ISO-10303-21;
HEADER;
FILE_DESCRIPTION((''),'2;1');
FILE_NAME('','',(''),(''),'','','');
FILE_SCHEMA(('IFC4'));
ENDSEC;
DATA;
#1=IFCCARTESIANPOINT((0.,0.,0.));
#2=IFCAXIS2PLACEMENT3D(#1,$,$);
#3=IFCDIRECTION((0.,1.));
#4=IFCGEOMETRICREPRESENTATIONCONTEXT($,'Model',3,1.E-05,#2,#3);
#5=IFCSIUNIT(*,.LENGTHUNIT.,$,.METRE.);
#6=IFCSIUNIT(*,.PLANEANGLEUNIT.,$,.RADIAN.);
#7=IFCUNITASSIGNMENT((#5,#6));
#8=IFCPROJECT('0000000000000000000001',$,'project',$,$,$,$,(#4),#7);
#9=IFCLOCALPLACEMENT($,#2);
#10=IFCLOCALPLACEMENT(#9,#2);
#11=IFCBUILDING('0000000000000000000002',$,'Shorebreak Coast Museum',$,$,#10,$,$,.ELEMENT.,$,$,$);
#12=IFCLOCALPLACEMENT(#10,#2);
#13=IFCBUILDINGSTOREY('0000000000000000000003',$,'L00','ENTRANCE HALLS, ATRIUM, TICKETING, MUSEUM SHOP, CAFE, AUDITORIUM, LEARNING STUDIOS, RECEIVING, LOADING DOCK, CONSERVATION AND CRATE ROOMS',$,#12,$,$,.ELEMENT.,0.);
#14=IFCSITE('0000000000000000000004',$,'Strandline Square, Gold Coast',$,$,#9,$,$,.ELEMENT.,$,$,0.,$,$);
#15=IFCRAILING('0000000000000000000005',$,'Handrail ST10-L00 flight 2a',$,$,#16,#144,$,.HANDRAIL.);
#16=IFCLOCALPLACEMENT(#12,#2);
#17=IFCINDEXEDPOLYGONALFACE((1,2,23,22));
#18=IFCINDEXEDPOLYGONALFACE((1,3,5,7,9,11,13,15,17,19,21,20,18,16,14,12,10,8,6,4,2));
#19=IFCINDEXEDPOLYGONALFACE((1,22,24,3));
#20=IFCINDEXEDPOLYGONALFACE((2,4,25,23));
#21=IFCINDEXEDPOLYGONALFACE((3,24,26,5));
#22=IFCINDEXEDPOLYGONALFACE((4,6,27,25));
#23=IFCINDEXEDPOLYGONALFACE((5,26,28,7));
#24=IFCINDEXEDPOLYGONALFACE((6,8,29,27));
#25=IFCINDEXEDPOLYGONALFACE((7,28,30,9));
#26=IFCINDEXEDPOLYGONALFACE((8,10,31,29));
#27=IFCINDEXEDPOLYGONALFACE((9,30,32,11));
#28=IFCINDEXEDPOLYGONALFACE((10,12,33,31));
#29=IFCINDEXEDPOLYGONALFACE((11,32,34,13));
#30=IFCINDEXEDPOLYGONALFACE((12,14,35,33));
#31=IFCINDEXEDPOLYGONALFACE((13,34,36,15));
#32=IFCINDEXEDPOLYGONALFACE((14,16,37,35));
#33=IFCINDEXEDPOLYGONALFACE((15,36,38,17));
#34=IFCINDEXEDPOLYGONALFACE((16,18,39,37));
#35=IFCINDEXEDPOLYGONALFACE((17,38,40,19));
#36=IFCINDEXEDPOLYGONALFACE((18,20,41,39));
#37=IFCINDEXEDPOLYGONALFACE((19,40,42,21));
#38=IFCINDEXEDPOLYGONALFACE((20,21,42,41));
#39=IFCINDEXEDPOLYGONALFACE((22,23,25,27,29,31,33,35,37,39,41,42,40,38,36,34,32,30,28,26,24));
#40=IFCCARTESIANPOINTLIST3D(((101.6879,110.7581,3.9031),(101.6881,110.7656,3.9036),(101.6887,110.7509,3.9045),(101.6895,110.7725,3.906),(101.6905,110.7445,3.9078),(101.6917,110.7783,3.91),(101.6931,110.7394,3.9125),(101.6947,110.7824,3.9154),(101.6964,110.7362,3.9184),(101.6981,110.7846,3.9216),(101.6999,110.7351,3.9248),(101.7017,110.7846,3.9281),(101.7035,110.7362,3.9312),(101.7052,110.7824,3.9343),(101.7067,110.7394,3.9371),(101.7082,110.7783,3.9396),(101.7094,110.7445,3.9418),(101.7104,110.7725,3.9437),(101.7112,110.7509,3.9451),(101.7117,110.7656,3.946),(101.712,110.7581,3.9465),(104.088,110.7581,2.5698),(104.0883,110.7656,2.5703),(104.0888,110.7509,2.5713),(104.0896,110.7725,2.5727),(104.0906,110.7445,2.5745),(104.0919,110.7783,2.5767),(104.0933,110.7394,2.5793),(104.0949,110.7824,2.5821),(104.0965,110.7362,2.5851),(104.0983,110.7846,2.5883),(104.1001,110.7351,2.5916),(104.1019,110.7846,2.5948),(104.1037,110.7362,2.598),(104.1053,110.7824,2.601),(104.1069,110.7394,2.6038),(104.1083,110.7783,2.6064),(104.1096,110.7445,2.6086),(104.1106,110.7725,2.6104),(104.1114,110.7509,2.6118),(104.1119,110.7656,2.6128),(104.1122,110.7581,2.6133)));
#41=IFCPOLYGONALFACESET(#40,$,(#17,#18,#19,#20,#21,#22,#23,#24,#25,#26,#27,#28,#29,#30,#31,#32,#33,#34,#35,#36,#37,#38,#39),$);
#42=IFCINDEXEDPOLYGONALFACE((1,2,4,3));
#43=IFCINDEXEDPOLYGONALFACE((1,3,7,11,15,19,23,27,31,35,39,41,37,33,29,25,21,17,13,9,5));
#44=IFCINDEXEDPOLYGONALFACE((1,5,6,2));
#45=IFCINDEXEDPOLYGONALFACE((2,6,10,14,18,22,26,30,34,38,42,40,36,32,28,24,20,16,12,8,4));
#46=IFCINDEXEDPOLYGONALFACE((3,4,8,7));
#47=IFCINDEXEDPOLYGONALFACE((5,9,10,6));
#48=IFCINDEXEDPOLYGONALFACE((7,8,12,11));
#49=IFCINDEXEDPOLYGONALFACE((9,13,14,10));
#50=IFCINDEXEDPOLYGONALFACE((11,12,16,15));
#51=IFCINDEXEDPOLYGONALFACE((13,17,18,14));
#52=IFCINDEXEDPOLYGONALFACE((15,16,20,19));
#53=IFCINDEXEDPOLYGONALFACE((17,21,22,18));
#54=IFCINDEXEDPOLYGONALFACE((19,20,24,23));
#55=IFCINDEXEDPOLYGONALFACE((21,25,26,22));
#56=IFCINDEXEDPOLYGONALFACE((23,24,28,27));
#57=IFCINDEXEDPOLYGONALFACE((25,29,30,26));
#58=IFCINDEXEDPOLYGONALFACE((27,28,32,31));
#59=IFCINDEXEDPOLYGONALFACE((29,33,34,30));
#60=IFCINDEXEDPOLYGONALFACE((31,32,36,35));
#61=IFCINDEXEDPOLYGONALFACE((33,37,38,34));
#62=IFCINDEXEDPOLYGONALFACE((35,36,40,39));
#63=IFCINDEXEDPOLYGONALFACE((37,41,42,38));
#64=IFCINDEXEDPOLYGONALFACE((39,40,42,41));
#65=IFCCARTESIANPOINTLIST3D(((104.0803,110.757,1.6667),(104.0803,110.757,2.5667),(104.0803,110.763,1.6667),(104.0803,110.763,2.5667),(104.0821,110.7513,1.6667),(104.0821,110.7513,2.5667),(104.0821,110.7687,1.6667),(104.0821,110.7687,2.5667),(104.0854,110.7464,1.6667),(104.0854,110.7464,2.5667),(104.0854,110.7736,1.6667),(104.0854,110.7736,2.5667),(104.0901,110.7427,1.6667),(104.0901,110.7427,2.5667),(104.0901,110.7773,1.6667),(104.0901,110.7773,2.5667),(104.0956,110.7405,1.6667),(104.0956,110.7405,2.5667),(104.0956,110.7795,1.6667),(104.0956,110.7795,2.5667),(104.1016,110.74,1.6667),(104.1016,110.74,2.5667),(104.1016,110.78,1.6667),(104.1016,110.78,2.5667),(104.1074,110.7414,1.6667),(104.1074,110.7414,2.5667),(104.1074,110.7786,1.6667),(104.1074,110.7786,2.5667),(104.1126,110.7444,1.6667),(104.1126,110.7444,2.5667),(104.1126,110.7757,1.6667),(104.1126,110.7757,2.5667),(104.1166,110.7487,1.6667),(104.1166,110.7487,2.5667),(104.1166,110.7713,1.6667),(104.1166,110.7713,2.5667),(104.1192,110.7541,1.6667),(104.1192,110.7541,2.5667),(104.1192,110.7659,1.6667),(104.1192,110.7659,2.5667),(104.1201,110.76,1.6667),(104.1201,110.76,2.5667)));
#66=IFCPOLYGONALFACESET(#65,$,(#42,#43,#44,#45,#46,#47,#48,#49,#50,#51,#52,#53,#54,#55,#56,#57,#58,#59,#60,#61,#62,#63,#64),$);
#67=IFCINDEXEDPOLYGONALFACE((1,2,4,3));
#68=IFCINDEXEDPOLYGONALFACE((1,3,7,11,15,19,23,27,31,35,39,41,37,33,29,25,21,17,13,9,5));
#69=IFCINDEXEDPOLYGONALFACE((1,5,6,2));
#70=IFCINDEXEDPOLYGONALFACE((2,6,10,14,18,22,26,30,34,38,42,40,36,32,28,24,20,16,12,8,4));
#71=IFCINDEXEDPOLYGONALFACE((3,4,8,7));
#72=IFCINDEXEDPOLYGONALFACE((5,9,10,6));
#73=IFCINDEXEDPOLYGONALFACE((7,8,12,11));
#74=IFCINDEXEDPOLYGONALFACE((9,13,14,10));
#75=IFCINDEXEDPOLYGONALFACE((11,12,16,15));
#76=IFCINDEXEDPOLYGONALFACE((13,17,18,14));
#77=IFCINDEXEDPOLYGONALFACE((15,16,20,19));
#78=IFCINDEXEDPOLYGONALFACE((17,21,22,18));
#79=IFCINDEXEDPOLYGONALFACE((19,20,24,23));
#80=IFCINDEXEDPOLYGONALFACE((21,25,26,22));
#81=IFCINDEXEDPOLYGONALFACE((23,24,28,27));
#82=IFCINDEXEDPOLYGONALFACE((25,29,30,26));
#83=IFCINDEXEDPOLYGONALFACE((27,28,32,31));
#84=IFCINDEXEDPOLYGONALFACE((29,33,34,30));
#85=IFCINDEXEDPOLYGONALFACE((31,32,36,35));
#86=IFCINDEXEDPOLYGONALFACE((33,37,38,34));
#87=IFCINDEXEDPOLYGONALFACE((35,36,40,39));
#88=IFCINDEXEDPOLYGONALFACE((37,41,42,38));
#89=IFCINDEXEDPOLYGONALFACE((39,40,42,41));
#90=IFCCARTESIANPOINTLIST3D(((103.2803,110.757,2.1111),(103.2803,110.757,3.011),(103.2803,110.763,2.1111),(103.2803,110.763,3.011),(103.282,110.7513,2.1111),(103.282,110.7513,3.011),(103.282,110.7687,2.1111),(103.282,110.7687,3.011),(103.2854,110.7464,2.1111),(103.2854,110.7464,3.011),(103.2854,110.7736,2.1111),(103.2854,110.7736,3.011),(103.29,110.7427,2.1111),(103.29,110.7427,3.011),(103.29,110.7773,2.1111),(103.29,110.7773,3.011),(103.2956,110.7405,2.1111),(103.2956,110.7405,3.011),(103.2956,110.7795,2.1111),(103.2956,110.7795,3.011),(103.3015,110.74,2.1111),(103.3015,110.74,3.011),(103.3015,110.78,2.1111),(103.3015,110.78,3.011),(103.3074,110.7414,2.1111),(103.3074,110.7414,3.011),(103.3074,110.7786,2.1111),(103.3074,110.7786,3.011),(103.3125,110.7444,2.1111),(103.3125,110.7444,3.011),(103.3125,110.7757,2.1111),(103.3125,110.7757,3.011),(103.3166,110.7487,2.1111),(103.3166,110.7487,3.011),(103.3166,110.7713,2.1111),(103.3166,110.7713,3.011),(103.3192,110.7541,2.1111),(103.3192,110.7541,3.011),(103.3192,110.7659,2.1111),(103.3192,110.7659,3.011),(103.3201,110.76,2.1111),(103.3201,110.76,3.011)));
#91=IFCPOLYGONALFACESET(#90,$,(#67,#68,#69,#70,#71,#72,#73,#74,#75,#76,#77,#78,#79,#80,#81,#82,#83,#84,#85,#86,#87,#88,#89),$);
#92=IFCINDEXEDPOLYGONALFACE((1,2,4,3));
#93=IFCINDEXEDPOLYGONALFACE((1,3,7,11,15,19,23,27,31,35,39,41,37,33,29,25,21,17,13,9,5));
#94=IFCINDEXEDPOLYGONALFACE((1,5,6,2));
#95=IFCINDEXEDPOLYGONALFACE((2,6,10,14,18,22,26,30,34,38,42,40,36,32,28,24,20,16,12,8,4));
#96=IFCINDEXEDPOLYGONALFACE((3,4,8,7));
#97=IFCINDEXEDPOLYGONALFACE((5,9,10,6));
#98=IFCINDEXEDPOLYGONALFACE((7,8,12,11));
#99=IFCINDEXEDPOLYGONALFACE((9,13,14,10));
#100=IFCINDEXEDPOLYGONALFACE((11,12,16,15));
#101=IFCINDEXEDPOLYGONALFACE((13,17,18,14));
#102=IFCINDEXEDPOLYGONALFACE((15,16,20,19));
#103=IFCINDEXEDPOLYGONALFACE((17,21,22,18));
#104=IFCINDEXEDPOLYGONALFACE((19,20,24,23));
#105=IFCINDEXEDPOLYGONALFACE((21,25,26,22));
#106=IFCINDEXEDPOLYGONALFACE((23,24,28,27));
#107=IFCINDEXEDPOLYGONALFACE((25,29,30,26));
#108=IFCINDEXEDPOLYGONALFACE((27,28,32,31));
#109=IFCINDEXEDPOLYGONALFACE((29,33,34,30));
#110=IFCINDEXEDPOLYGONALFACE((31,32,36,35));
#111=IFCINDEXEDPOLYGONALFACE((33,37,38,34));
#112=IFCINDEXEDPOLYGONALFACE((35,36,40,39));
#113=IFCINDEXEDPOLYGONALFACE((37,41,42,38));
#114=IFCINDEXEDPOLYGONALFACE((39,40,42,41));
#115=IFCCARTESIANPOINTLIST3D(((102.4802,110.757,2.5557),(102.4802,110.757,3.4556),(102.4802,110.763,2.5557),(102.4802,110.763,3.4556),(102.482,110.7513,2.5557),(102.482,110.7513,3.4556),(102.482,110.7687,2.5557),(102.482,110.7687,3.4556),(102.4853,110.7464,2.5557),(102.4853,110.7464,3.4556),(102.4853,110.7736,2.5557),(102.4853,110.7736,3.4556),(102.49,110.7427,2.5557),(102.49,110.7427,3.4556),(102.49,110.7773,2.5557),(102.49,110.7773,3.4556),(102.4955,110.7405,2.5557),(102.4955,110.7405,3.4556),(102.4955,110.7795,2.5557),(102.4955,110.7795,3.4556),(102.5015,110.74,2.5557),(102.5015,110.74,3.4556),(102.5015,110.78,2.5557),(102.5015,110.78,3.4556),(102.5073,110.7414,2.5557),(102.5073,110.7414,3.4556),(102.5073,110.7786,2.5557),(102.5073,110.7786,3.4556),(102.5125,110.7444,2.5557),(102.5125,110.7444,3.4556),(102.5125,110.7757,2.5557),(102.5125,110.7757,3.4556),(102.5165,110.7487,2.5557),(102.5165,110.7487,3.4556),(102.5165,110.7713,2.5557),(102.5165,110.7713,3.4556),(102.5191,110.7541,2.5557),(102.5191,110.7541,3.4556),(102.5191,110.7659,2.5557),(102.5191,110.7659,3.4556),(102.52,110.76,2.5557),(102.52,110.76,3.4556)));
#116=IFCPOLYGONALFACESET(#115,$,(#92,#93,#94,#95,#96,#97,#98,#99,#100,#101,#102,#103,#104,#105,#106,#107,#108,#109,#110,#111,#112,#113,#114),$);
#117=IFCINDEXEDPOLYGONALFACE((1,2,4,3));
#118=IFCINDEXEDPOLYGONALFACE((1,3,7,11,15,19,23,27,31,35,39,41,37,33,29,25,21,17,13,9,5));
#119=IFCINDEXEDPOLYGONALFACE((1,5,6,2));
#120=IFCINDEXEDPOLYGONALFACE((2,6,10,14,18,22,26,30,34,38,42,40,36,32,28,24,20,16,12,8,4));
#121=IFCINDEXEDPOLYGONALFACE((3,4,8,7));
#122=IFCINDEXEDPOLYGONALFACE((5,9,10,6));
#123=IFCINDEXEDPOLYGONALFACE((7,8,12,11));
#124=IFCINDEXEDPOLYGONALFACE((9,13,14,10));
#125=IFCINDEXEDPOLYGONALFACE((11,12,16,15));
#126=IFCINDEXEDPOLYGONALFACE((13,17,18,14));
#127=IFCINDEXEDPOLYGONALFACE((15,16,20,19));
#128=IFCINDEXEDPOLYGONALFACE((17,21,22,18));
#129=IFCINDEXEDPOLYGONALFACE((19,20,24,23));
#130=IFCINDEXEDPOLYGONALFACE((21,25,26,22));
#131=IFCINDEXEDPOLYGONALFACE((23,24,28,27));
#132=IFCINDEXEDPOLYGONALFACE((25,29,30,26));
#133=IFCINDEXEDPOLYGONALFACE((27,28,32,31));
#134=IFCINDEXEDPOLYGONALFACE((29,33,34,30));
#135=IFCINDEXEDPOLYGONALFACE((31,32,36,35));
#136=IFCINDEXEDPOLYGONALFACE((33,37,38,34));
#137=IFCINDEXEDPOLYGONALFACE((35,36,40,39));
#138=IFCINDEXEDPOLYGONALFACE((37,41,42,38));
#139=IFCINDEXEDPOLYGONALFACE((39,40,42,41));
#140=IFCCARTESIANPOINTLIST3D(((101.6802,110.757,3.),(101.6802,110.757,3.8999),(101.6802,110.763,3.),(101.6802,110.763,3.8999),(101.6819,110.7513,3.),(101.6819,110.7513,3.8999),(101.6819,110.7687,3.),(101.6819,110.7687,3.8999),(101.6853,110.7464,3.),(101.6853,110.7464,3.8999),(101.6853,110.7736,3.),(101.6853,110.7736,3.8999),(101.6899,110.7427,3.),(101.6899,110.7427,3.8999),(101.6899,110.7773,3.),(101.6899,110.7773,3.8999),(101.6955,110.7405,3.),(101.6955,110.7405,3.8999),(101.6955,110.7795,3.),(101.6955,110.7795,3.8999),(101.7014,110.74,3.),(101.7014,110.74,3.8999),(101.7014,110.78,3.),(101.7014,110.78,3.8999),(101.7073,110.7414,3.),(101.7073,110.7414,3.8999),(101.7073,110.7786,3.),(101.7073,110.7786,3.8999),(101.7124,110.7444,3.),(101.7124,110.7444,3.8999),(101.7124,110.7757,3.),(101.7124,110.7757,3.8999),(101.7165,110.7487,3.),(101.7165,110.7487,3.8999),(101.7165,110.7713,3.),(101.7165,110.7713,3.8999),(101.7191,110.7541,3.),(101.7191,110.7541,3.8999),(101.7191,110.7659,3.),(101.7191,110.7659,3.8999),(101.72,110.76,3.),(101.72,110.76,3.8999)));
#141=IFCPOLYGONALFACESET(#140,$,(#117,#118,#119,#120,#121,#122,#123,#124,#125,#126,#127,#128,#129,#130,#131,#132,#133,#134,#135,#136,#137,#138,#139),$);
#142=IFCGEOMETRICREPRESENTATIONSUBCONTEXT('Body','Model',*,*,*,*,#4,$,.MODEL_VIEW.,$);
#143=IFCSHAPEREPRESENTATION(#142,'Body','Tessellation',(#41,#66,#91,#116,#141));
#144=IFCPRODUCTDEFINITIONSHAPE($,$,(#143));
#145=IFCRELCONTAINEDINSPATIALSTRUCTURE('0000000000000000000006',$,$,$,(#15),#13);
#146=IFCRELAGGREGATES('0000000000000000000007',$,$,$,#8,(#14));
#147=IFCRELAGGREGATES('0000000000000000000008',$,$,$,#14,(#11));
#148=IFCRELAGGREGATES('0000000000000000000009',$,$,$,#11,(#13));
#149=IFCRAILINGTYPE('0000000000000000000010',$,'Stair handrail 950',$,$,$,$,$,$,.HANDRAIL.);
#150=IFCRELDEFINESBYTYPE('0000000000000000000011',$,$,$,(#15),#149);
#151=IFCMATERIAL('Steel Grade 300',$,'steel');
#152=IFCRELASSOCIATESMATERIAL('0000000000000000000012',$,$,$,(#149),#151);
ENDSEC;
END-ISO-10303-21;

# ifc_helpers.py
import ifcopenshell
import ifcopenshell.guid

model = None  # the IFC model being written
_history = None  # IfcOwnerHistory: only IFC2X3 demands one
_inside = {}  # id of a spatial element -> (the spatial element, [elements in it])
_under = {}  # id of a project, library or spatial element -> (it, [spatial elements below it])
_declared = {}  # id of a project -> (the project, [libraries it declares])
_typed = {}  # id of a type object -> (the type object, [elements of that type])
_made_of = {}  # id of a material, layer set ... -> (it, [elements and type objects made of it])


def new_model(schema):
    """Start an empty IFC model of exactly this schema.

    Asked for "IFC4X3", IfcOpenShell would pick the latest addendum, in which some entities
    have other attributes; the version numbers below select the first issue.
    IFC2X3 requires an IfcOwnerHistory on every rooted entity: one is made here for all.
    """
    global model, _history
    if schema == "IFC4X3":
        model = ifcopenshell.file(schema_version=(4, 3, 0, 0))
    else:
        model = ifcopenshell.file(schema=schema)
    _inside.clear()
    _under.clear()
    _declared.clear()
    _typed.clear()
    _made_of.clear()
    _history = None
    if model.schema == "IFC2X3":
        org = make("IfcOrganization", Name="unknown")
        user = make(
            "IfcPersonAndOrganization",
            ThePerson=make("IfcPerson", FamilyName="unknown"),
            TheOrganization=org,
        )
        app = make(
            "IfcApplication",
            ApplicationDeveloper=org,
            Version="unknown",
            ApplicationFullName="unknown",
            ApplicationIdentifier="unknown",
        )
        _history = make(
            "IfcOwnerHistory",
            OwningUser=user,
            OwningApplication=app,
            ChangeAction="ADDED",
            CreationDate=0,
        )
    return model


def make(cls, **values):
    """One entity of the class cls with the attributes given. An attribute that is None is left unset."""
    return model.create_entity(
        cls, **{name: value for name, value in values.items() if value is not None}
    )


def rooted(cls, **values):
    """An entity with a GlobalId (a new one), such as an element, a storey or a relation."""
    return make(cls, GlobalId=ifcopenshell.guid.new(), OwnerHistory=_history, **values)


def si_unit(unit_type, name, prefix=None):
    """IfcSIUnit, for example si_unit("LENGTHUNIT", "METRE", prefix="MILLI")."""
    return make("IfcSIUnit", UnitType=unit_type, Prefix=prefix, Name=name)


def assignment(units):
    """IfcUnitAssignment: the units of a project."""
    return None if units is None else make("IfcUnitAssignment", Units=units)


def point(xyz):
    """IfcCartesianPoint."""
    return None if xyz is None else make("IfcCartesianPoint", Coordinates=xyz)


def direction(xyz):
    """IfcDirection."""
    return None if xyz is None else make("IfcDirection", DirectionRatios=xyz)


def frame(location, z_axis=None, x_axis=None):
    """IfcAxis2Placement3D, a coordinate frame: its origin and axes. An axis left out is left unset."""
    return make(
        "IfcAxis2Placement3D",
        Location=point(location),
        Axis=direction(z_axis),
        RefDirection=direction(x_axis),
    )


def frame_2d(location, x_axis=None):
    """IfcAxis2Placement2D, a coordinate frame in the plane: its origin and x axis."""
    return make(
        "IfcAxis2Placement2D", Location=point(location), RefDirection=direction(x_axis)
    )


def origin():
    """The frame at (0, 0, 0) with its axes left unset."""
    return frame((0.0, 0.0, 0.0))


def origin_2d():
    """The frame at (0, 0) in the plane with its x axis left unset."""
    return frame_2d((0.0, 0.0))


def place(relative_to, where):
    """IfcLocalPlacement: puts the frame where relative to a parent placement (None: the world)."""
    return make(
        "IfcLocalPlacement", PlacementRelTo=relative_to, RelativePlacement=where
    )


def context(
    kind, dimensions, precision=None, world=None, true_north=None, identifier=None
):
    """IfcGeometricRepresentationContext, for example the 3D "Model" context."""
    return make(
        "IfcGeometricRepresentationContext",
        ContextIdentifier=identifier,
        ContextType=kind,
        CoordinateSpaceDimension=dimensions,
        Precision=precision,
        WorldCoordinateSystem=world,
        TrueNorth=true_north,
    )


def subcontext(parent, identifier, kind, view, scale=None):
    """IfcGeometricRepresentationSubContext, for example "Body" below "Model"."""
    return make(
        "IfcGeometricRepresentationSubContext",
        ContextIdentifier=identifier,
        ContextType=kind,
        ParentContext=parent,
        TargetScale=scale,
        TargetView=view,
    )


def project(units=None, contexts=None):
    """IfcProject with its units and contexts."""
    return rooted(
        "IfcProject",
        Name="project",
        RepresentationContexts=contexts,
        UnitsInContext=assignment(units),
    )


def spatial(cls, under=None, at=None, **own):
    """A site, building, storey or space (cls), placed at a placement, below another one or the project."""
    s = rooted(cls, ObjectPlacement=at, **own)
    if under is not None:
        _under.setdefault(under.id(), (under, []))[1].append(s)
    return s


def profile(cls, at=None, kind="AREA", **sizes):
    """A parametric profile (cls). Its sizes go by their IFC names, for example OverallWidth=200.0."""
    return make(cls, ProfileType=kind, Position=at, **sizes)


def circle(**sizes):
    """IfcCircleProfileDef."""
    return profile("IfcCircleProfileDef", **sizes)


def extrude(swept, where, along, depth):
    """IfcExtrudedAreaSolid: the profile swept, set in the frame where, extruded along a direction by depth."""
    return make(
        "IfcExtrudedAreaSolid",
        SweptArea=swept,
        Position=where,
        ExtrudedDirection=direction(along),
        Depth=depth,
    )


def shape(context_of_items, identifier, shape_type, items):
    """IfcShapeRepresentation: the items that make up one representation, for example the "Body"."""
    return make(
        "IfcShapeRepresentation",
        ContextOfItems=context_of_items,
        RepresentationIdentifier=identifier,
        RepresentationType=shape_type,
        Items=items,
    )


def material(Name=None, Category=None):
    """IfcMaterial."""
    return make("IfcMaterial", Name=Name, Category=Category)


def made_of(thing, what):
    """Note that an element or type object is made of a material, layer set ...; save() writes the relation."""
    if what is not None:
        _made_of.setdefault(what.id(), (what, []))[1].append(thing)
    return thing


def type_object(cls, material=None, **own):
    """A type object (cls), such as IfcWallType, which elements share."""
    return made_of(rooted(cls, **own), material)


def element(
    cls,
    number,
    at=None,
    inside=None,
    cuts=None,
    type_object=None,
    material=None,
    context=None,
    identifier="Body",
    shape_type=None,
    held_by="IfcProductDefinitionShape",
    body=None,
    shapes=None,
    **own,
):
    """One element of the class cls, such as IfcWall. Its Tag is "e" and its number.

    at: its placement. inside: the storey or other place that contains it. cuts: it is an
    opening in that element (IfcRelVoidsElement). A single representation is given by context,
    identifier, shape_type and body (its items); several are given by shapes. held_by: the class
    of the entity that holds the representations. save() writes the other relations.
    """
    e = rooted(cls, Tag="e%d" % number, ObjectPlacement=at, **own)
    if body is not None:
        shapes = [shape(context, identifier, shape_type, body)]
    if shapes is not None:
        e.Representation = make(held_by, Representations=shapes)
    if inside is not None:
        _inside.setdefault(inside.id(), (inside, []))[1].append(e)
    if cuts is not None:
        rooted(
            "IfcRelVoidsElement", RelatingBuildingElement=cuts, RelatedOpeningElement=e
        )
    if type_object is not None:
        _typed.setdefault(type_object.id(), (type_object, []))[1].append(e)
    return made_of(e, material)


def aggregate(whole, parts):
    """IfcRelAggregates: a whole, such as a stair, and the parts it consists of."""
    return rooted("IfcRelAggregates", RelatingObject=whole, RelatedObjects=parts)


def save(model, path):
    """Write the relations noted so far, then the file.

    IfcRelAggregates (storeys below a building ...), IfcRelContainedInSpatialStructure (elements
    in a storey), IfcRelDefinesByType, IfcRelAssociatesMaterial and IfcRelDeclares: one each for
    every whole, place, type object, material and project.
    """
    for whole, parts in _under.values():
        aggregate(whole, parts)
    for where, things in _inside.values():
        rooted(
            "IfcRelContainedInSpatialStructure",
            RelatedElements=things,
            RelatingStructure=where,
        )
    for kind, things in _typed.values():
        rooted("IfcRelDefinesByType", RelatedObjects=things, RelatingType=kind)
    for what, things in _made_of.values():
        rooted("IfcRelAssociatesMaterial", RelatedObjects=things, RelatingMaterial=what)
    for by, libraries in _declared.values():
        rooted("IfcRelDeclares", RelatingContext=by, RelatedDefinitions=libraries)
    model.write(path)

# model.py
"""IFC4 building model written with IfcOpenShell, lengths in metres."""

from ifc_helpers import new_model, si_unit, direction, frame, origin, origin_2d, place, context, subcontext, project, spatial, circle, extrude, material, type_object, element, save


model = new_model("IFC4")

# Units and contexts
model_context = context("Model", 3, precision=1e-05, world=origin(), true_north=direction((0.0, 1.0)))
body_context = subcontext(model_context, "Body", "Model", "MODEL_VIEW")
ifc_project = project(units=[si_unit("LENGTHUNIT", "METRE"), si_unit("PLANEANGLEUNIT", "RADIAN")], contexts=[model_context])

# Site, building, storey
site_placement = place(None, origin())
site = spatial("IfcSite", under=ifc_project, at=site_placement, Name="Strandline Square, Gold Coast", CompositionType="ELEMENT", RefElevation=0.0)
building_placement = place(site_placement, origin())
building = spatial("IfcBuilding", under=site, at=building_placement, Name="Shorebreak Coast Museum", CompositionType="ELEMENT")
storey_placement = place(building_placement, origin())
storey = spatial("IfcBuildingStorey", under=building, at=storey_placement, Name="L00", Description="ENTRANCE HALLS, ATRIUM, TICKETING, MUSEUM SHOP, CAFE, AUDITORIUM, LEARNING STUDIOS, RECEIVING, LOADING DOCK, CONSERVATION AND CRATE ROOMS", CompositionType="ELEMENT", Elevation=0.0)

# Railing
ifc_material_1 = material(Name="Steel Grade 300", Category="steel")
railing_type_1 = type_object("IfcRailingType", Name="Stair handrail 950", PredefinedType="HANDRAIL", material=ifc_material_1)
for number, where, name in (
    (1, (104.1001, 110.76, 1.6667), "Handrail ST10-L00 flight 2a"),
):
    element("IfcRailing", number, at=place(storey_placement, frame(where)), inside=storey, type_object=railing_type_1, Name=name, PredefinedType="HANDRAIL", context=body_context, shape_type="SweptSolid", body=[
        extrude(circle(Radius=0.0249, at=origin_2d()), frame((0.0, 0.0, 0.9248), z_axis=(-0.874182, 0.0, 0.485598), x_axis=(0.0, -1.0, 0.0)), (0.0, 0.0, 1.0), 2.7456),
        extrude(circle(Radius=0.02, at=origin_2d()), origin(), (0.0, 0.0, 1.0), 0.8999),
        extrude(circle(Radius=0.02, at=origin_2d()), frame((-0.8, 0.0, 0.4443)), (0.0, 0.0, 1.0), 0.8999),
        extrude(circle(Radius=0.02, at=origin_2d()), frame((-1.6001, 0.0, 0.8889)), (0.0, 0.0, 1.0), 0.8999),
        extrude(circle(Radius=0.02, at=origin_2d()), frame((-2.4001, 0.0, 1.3333)), (0.0, 0.0, 1.0), 0.8999),
    ])

save(model, "model.ifc")
